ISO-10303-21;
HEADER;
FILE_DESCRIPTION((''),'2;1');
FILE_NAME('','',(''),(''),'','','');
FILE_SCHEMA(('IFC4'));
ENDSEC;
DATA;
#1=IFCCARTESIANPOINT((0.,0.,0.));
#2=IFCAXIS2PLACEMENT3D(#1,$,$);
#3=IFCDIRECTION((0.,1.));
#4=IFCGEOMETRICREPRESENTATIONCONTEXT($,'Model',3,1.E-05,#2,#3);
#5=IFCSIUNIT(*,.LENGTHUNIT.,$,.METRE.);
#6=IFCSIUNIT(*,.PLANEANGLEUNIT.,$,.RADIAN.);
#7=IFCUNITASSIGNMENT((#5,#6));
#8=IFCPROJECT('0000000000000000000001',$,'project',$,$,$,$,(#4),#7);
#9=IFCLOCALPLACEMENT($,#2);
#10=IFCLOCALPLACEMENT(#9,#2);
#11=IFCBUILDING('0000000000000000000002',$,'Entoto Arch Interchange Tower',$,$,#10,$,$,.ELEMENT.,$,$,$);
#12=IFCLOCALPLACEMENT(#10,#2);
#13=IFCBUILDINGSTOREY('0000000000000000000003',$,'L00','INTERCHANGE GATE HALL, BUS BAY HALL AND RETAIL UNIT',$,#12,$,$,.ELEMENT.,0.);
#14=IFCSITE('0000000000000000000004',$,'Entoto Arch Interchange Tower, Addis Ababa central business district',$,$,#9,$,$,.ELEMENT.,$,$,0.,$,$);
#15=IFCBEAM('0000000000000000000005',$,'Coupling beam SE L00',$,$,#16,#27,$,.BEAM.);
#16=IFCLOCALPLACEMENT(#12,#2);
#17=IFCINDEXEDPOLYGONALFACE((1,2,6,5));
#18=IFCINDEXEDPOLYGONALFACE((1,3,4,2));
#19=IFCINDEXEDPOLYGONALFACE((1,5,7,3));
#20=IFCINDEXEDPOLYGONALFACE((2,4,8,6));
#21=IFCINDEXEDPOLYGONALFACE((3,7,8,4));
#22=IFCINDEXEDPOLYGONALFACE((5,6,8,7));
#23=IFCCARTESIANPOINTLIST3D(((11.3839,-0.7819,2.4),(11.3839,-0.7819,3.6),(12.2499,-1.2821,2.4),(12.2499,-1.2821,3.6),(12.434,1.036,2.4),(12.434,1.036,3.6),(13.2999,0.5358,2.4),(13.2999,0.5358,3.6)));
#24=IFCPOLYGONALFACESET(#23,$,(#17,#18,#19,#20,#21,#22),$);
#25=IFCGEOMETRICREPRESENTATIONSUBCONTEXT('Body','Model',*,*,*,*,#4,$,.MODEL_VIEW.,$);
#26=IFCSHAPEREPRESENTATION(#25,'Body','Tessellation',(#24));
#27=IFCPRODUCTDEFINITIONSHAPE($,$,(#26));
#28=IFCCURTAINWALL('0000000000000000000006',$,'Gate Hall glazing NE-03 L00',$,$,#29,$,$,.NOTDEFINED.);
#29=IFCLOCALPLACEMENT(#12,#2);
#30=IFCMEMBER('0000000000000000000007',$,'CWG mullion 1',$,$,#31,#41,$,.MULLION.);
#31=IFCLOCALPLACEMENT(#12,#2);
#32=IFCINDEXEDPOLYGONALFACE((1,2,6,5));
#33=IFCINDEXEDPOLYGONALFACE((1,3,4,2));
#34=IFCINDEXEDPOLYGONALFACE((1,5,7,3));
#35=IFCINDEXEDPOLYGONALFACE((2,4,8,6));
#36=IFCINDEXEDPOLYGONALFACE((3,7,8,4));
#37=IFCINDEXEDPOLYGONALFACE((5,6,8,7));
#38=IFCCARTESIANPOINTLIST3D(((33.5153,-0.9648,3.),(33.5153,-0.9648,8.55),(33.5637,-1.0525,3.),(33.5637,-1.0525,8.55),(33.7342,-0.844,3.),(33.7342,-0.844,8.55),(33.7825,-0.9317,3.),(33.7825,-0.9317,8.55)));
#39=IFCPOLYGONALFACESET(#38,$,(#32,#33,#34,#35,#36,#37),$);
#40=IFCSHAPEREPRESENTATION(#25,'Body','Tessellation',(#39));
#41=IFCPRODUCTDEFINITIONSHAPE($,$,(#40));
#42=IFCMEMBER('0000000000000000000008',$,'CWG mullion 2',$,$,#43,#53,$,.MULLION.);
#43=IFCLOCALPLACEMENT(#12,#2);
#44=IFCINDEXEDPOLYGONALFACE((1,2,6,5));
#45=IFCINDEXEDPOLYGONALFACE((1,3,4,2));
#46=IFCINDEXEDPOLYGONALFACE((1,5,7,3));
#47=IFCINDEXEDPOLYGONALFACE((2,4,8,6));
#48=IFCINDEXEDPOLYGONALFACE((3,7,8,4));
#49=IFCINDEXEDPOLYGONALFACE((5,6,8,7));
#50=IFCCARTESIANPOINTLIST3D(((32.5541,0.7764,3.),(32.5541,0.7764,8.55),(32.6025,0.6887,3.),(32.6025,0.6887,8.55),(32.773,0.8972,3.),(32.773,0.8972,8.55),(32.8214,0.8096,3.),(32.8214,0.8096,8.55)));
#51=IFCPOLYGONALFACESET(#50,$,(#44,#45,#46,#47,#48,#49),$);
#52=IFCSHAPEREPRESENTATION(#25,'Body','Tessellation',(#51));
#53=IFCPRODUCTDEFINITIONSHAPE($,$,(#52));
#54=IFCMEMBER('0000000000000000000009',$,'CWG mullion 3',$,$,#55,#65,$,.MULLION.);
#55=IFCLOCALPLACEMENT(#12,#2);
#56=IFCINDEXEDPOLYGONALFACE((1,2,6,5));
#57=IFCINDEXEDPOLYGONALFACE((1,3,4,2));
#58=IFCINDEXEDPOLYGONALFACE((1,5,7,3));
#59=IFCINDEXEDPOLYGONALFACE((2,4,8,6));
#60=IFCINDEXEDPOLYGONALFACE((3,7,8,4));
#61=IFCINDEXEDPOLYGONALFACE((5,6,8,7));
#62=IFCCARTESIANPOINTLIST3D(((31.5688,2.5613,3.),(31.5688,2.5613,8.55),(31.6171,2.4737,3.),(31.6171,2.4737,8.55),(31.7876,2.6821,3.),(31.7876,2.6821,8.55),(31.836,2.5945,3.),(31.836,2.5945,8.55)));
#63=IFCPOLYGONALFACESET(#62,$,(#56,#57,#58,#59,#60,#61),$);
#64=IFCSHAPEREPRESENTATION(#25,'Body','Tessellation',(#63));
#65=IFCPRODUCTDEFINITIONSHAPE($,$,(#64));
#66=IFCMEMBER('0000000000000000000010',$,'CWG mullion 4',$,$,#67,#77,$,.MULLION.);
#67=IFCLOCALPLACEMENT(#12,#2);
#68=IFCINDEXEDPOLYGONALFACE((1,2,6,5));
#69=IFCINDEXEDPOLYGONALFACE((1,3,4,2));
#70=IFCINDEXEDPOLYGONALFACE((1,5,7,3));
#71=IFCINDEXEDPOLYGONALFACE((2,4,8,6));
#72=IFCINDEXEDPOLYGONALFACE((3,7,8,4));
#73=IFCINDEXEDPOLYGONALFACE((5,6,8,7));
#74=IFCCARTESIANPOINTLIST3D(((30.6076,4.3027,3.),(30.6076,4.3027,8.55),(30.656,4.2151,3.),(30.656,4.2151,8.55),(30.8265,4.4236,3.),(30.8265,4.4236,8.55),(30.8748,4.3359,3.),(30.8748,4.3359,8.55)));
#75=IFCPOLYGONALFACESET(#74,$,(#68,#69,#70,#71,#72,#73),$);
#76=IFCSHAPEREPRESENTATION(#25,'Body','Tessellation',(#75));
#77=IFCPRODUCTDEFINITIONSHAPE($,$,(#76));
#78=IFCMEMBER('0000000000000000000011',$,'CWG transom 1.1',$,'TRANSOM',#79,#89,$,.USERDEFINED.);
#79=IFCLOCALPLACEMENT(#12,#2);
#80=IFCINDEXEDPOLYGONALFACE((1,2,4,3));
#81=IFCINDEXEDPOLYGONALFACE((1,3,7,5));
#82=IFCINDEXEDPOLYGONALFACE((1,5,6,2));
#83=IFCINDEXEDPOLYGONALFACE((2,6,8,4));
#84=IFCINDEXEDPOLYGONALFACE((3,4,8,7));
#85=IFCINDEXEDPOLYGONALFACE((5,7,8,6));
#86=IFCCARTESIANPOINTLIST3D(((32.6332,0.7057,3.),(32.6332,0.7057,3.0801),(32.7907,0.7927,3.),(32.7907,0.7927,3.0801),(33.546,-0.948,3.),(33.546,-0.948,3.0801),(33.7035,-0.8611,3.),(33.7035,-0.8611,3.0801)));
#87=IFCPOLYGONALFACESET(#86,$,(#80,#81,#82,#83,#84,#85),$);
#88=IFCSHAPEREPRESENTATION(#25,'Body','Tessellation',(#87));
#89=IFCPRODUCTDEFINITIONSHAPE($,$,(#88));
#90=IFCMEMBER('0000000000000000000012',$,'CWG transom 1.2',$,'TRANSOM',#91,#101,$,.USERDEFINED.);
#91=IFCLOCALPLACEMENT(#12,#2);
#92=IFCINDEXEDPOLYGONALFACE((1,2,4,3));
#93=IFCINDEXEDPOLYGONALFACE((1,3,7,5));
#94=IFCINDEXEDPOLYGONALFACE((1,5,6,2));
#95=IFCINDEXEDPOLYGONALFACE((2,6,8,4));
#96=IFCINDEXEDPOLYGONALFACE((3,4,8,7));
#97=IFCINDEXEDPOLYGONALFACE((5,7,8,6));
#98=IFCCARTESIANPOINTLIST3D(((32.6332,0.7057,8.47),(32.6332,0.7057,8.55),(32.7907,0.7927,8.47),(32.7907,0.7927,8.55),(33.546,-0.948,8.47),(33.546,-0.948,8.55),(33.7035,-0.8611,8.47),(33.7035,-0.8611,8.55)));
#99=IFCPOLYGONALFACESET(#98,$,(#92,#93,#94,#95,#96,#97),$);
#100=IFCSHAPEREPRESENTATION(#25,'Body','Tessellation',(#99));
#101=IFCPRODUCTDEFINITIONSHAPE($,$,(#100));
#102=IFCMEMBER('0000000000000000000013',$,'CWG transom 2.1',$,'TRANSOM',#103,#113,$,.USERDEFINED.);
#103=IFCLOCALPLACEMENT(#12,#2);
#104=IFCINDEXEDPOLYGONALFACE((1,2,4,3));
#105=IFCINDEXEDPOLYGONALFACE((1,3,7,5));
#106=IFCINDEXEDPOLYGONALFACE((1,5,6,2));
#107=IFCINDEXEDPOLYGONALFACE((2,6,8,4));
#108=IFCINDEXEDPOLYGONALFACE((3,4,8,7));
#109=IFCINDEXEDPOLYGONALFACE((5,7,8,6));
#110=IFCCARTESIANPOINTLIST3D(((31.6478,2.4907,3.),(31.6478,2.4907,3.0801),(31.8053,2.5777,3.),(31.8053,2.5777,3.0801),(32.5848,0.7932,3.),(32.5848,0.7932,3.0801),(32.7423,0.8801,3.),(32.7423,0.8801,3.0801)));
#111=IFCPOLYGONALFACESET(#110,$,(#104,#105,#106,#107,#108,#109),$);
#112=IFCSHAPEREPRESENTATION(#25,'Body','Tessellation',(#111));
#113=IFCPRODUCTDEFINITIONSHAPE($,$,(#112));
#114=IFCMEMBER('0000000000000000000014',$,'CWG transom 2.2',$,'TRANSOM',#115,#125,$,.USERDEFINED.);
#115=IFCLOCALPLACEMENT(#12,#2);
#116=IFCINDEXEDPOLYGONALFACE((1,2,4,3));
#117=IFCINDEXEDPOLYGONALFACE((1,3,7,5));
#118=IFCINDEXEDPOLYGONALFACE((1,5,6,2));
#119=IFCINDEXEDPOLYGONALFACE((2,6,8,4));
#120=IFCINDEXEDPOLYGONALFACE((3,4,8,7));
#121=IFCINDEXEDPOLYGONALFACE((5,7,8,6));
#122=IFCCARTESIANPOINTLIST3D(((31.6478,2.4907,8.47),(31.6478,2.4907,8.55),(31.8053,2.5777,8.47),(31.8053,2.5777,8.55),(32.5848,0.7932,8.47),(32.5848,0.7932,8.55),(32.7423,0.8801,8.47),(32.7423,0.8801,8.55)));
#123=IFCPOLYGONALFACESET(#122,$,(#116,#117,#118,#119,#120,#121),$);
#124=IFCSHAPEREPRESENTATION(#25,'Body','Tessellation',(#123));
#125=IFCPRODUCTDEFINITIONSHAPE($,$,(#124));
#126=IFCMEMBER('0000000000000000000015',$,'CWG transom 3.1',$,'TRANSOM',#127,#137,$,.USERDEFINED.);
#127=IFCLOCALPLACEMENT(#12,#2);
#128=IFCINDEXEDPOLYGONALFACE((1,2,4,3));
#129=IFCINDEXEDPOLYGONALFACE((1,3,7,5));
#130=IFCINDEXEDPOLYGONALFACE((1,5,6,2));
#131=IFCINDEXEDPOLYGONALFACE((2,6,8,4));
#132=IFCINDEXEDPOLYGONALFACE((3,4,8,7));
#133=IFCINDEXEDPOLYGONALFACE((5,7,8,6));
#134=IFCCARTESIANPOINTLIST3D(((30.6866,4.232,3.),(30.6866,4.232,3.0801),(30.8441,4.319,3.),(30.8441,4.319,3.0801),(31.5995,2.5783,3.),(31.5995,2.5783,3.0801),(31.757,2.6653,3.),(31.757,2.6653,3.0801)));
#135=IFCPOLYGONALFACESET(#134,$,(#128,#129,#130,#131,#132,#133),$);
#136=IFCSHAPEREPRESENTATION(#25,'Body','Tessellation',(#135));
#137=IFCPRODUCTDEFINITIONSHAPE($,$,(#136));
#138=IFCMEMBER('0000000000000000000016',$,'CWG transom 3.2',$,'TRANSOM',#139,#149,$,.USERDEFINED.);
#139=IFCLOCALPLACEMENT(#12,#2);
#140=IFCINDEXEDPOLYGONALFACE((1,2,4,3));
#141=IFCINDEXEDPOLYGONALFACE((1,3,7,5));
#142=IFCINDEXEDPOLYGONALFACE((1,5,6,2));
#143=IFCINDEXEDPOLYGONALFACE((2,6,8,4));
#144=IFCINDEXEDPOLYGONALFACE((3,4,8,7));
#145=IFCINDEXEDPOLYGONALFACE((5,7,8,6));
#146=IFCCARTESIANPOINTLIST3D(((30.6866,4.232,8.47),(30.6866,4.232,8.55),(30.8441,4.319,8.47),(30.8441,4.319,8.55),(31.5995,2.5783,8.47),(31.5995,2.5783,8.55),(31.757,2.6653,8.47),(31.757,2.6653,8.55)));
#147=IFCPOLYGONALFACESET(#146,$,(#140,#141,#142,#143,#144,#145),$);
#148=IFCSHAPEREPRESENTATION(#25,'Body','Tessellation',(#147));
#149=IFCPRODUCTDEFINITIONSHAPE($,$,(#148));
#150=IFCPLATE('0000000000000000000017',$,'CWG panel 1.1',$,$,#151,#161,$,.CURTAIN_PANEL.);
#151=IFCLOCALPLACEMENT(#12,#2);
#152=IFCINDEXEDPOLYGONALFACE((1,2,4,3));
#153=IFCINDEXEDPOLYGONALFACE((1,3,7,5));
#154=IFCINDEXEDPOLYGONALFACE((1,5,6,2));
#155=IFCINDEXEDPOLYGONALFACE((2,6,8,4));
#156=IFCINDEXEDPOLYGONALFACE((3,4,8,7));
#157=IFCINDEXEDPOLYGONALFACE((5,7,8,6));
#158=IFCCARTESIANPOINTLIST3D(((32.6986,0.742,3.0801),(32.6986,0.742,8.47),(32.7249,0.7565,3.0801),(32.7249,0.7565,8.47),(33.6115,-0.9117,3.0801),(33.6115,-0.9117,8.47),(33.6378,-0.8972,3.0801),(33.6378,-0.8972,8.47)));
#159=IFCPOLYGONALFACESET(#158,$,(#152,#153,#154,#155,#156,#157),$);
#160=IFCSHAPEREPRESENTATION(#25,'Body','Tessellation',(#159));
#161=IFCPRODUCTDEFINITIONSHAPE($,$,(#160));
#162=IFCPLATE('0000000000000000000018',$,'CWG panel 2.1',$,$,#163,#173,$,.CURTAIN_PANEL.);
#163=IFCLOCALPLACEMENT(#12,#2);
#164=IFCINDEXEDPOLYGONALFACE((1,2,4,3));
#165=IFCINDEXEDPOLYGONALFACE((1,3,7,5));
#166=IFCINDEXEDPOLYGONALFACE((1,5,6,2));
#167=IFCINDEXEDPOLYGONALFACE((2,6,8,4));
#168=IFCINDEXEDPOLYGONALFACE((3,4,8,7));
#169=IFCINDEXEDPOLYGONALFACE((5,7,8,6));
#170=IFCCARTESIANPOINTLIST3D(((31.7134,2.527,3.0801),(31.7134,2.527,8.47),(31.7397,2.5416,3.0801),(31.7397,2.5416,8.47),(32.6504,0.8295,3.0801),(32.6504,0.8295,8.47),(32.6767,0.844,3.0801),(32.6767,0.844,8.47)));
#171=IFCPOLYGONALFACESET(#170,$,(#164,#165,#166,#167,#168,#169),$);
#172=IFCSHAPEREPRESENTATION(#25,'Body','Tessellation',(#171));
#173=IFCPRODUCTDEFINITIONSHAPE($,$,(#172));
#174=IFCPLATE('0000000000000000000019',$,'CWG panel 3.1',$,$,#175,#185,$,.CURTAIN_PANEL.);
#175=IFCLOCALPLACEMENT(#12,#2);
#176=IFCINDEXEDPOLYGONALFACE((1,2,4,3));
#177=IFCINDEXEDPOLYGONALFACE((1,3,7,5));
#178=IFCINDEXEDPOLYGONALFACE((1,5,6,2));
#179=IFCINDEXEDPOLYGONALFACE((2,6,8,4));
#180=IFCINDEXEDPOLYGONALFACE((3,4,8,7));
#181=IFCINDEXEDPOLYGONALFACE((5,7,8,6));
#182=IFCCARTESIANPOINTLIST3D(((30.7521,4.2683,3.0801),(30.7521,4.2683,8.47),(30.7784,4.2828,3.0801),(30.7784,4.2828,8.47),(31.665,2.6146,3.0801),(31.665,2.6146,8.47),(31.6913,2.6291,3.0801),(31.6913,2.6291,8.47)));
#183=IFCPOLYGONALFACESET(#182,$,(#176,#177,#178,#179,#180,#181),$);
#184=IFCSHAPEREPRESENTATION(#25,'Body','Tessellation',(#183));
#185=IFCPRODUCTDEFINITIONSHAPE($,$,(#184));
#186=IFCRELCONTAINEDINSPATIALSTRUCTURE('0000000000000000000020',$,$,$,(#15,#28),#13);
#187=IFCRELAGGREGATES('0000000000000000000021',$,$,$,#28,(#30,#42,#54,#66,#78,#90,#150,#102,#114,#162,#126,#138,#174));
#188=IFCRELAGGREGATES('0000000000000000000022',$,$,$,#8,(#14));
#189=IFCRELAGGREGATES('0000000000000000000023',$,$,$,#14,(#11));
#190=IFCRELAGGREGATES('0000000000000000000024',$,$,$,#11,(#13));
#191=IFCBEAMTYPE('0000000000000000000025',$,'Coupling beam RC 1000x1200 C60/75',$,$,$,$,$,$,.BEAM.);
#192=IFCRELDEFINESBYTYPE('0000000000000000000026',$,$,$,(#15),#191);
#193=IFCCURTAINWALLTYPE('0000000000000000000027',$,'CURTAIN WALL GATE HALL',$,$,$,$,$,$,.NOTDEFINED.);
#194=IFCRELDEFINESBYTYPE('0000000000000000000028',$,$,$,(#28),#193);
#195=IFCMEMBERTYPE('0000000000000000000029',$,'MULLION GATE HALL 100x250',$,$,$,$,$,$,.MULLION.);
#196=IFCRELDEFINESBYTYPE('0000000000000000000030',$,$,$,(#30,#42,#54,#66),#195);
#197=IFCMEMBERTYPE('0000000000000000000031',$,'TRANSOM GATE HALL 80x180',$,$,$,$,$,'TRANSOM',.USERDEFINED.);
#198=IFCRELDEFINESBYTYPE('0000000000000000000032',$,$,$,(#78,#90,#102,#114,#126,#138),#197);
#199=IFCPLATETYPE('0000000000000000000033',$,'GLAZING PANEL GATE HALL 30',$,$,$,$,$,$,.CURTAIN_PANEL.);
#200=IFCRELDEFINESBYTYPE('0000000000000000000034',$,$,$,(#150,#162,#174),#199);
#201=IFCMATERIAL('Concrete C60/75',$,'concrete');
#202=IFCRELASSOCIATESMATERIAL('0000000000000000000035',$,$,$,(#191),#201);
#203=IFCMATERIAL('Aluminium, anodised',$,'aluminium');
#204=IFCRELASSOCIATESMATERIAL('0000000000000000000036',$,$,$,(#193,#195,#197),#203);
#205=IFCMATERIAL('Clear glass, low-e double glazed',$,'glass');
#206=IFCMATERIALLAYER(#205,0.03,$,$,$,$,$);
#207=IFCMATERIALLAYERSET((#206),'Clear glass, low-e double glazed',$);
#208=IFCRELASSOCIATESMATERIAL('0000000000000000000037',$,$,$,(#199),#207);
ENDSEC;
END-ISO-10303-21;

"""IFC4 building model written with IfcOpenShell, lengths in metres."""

from ifc_helpers import new_model, si_unit, direction, frame, origin, origin_2d, place, context, subcontext, project, spatial, rectangle, extrude, material, layer, layer_set, material_profile, profile_set, type_object, element, aggregate, save


model = new_model("IFC4")

# Units and contexts
model_context = context("Model", 3, precision=1e-05, world=origin(), true_north=direction((0.0, 1.0)))
body_context = subcontext(model_context, "Body", "Model", "MODEL_VIEW")
ifc_project = project(units=[si_unit("LENGTHUNIT", "METRE"), si_unit("PLANEANGLEUNIT", "RADIAN")], contexts=[model_context])

# Site, building, storey
site_placement = place(None, origin())
site = spatial("IfcSite", under=ifc_project, at=site_placement, Name="Entoto Arch Interchange Tower, Addis Ababa central business district", CompositionType="ELEMENT", RefElevation=0.0)
building_placement = place(site_placement, origin())
building = spatial("IfcBuilding", under=site, at=building_placement, Name="Entoto Arch Interchange Tower", CompositionType="ELEMENT")
storey_placement = place(building_placement, origin())
storey = spatial("IfcBuildingStorey", under=building, at=storey_placement, Name="L00", Description="INTERCHANGE GATE HALL, BUS BAY HALL AND RETAIL UNIT", CompositionType="ELEMENT", Elevation=0.0)

# Beam
ifc_material_1 = material(Name="Concrete C60/75", Category="concrete")
ifc_material_profile_1 = material_profile(ifc_material_1, rectangle(XDim=1.0, YDim=1.2, at=origin_2d()))
ifc_profile_set_1 = profile_set([ifc_material_profile_1], Name="Concrete C60/75")
beam_type = type_object("IfcBeamType", Name="Coupling beam RC 1000x1200 C60/75", PredefinedType="BEAM", material=ifc_profile_set_1)
beam_placement = place(storey_placement, frame((11.8169, -1.032, 3.0), z_axis=(0.500179, 0.865922, 0.0), x_axis=(-0.865922, 0.500179, 0.0)))
element("IfcBeam", 1, at=beam_placement, inside=storey, type_object=beam_type, Name="Coupling beam SE L00", PredefinedType="BEAM", context=body_context, shape_type="SweptSolid", body=[
    extrude(rectangle(XDim=1.0, YDim=1.2, at=origin_2d()), origin(), (0.0, 0.0, 1.0), 2.0994),
])

# Curtain wall, members, plates
ifc_material_2 = material(Name="Aluminium, anodised", Category="aluminium")
curtain_wall_type = type_object("IfcCurtainWallType", Name="CURTAIN WALL GATE HALL", PredefinedType="NOTDEFINED", material=ifc_material_2)
curtain_wall_placement = place(storey_placement, origin())
curtain_wall = element("IfcCurtainWall", 2, at=curtain_wall_placement, inside=storey, type_object=curtain_wall_type, Name="Gate Hall glazing NE-03 L00", PredefinedType="NOTDEFINED")
ifc_material_profile_2 = material_profile(ifc_material_2, rectangle(XDim=0.25, YDim=0.1001, at=origin_2d()))
ifc_profile_set_2 = profile_set([ifc_material_profile_2], Name="Aluminium, anodised")
member_type_1 = type_object("IfcMemberType", Name="MULLION GATE HALL 100x250", PredefinedType="MULLION", material=ifc_profile_set_2)
member_1_placement = place(storey_placement, frame((33.6489, -0.9482, 3.0), z_axis=(0.0, 0.0, 1.0), x_axis=(-0.875473, -0.483267, 0.0)))
member_1 = element("IfcMember", 3, at=member_1_placement, type_object=member_type_1, Name="CWG mullion 1", PredefinedType="MULLION", context=body_context, shape_type="SweptSolid", body=[
    extrude(rectangle(XDim=0.25, YDim=0.1001, at=origin_2d()), origin(), (0.0, 0.0, 1.0), 5.55),
])
member_2_placement = place(storey_placement, frame((32.6877, 0.793, 3.0), z_axis=(0.0, 0.0, 1.0), x_axis=(-0.875473, -0.483267, 0.0)))
member_2 = element("IfcMember", 4, at=member_2_placement, type_object=member_type_1, Name="CWG mullion 2", PredefinedType="MULLION", context=body_context, shape_type="SweptSolid", body=[
    extrude(rectangle(XDim=0.25, YDim=0.1001, at=origin_2d()), origin(), (0.0, 0.0, 1.0), 5.55),
])
member_3_placement = place(storey_placement, frame((31.7024, 2.5779, 3.0), z_axis=(0.0, 0.0, 1.0), x_axis=(-0.875473, -0.483267, 0.0)))
member_3 = element("IfcMember", 5, at=member_3_placement, type_object=member_type_1, Name="CWG mullion 3", PredefinedType="MULLION", context=body_context, shape_type="SweptSolid", body=[
    extrude(rectangle(XDim=0.25, YDim=0.1001, at=origin_2d()), origin(), (0.0, 0.0, 1.0), 5.55),
])
member_4_placement = place(storey_placement, frame((30.7412, 4.3193, 3.0), z_axis=(0.0, 0.0, 1.0), x_axis=(-0.875473, -0.483267, 0.0)))
member_4 = element("IfcMember", 6, at=member_4_placement, type_object=member_type_1, Name="CWG mullion 4", PredefinedType="MULLION", context=body_context, shape_type="SweptSolid", body=[
    extrude(rectangle(XDim=0.25, YDim=0.1001, at=origin_2d()), origin(), (0.0, 0.0, 1.0), 5.55),
])
ifc_material_profile_3 = material_profile(ifc_material_2, rectangle(XDim=0.1799, YDim=0.0801, at=origin_2d()))
ifc_profile_set_3 = profile_set([ifc_material_profile_3], Name="Aluminium, anodised")
member_type_2 = type_object("IfcMemberType", Name="TRANSOM GATE HALL 80x180", ElementType="TRANSOM", PredefinedType="USERDEFINED", material=ifc_profile_set_3)
member_5_placement = place(storey_placement, frame((33.6248, -0.9045, 3.04), z_axis=(-0.483238, 0.875489, 0.0), x_axis=(-0.875489, -0.483238, 0.0)))
member_5 = element("IfcMember", 7, at=member_5_placement, type_object=member_type_2, Name="CWG transom 1.1", ObjectType="TRANSOM", PredefinedType="USERDEFINED", context=body_context, shape_type="SweptSolid", body=[
    extrude(rectangle(XDim=0.1799, YDim=0.0801, at=origin_2d()), origin(), (0.0, 0.0, 1.0), 1.8889),
])
member_6_placement = place(storey_placement, frame((33.6248, -0.9045, 8.51), z_axis=(-0.483238, 0.875489, 0.0), x_axis=(-0.875489, -0.483238, 0.0)))
member_6 = element("IfcMember", 8, at=member_6_placement, type_object=member_type_2, Name="CWG transom 1.2", ObjectType="TRANSOM", PredefinedType="USERDEFINED", context=body_context, shape_type="SweptSolid", body=[
    extrude(rectangle(XDim=0.1799, YDim=0.0801, at=origin_2d()), origin(), (0.0, 0.0, 1.0), 1.8889),
])
member_7_placement = place(storey_placement, frame((32.6636, 0.8367, 3.04), z_axis=(-0.483257, 0.875478, 0.0), x_axis=(-0.875478, -0.483257, 0.0)))
member_7 = element("IfcMember", 9, at=member_7_placement, type_object=member_type_2, Name="CWG transom 2.1", ObjectType="TRANSOM", PredefinedType="USERDEFINED", context=body_context, shape_type="SweptSolid", body=[
    extrude(rectangle(XDim=0.1799, YDim=0.0801, at=origin_2d()), origin(), (0.0, 0.0, 1.0), 1.939),
])
member_8_placement = place(storey_placement, frame((32.6636, 0.8367, 8.51), z_axis=(-0.483257, 0.875478, 0.0), x_axis=(-0.875478, -0.483257, 0.0)))
member_8 = element("IfcMember", 10, at=member_8_placement, type_object=member_type_2, Name="CWG transom 2.2", ObjectType="TRANSOM", PredefinedType="USERDEFINED", context=body_context, shape_type="SweptSolid", body=[
    extrude(rectangle(XDim=0.1799, YDim=0.0801, at=origin_2d()), origin(), (0.0, 0.0, 1.0), 1.939),
])
member_9_placement = place(storey_placement, frame((31.6782, 2.6218, 3.04), z_axis=(-0.483293, 0.875459, 0.0), x_axis=(-0.875459, -0.483293, 0.0)))
member_9 = element("IfcMember", 11, at=member_9_placement, type_object=member_type_2, Name="CWG transom 3.1", ObjectType="TRANSOM", PredefinedType="USERDEFINED", context=body_context, shape_type="SweptSolid", body=[
    extrude(rectangle(XDim=0.1799, YDim=0.0801, at=origin_2d()), origin(), (0.0, 0.0, 1.0), 1.8889),
])
member_10_placement = place(storey_placement, frame((31.6782, 2.6218, 8.51), z_axis=(-0.483293, 0.875459, 0.0), x_axis=(-0.875459, -0.483293, 0.0)))
member_10 = element("IfcMember", 12, at=member_10_placement, type_object=member_type_2, Name="CWG transom 3.2", ObjectType="TRANSOM", PredefinedType="USERDEFINED", context=body_context, shape_type="SweptSolid", body=[
    extrude(rectangle(XDim=0.1799, YDim=0.0801, at=origin_2d()), origin(), (0.0, 0.0, 1.0), 1.8889),
])
ifc_material_3 = material(Name="Clear glass, low-e double glazed", Category="glass")
ifc_layer = layer(ifc_material_3, 0.03)
ifc_layer_set = layer_set([ifc_layer], Name="Clear glass, low-e double glazed")
plate_type = type_object("IfcPlateType", Name="GLAZING PANEL GATE HALL 30", PredefinedType="CURTAIN_PANEL", material=ifc_layer_set)
plate_1_placement = place(storey_placement, frame((33.1682, -0.0776, 3.0801), z_axis=(0.0, 0.0, 1.0), x_axis=(-0.483267, 0.875473, 0.0)))
plate_1 = element("IfcPlate", 13, at=plate_1_placement, type_object=plate_type, Name="CWG panel 1.1", PredefinedType="CURTAIN_PANEL", context=body_context, shape_type="SweptSolid", body=[
    extrude(rectangle(XDim=1.8889, YDim=0.03, at=origin_2d()), origin(), (0.0, 0.0, 1.0), 5.3899),
])
plate_2_placement = place(storey_placement, frame((32.1951, 1.6855, 3.0801), z_axis=(0.0, 0.0, 1.0), x_axis=(-0.483267, 0.875473, 0.0)))
plate_2 = element("IfcPlate", 14, at=plate_2_placement, type_object=plate_type, Name="CWG panel 2.1", PredefinedType="CURTAIN_PANEL", context=body_context, shape_type="SweptSolid", body=[
    extrude(rectangle(XDim=1.939, YDim=0.03, at=origin_2d()), origin(), (0.0, 0.0, 1.0), 5.3899),
])
plate_3_placement = place(storey_placement, frame((31.2217, 3.4487, 3.0801), z_axis=(0.0, 0.0, 1.0), x_axis=(-0.483267, 0.875473, 0.0)))
plate_3 = element("IfcPlate", 15, at=plate_3_placement, type_object=plate_type, Name="CWG panel 3.1", PredefinedType="CURTAIN_PANEL", context=body_context, shape_type="SweptSolid", body=[
    extrude(rectangle(XDim=1.8889, YDim=0.03, at=origin_2d()), origin(), (0.0, 0.0, 1.0), 5.3899),
])
aggregate(curtain_wall, [member_1, member_2, member_3, member_4, member_5, member_6, plate_1, member_7, member_8, plate_2, member_9, member_10, plate_3])

save(model, "model.ifc")
